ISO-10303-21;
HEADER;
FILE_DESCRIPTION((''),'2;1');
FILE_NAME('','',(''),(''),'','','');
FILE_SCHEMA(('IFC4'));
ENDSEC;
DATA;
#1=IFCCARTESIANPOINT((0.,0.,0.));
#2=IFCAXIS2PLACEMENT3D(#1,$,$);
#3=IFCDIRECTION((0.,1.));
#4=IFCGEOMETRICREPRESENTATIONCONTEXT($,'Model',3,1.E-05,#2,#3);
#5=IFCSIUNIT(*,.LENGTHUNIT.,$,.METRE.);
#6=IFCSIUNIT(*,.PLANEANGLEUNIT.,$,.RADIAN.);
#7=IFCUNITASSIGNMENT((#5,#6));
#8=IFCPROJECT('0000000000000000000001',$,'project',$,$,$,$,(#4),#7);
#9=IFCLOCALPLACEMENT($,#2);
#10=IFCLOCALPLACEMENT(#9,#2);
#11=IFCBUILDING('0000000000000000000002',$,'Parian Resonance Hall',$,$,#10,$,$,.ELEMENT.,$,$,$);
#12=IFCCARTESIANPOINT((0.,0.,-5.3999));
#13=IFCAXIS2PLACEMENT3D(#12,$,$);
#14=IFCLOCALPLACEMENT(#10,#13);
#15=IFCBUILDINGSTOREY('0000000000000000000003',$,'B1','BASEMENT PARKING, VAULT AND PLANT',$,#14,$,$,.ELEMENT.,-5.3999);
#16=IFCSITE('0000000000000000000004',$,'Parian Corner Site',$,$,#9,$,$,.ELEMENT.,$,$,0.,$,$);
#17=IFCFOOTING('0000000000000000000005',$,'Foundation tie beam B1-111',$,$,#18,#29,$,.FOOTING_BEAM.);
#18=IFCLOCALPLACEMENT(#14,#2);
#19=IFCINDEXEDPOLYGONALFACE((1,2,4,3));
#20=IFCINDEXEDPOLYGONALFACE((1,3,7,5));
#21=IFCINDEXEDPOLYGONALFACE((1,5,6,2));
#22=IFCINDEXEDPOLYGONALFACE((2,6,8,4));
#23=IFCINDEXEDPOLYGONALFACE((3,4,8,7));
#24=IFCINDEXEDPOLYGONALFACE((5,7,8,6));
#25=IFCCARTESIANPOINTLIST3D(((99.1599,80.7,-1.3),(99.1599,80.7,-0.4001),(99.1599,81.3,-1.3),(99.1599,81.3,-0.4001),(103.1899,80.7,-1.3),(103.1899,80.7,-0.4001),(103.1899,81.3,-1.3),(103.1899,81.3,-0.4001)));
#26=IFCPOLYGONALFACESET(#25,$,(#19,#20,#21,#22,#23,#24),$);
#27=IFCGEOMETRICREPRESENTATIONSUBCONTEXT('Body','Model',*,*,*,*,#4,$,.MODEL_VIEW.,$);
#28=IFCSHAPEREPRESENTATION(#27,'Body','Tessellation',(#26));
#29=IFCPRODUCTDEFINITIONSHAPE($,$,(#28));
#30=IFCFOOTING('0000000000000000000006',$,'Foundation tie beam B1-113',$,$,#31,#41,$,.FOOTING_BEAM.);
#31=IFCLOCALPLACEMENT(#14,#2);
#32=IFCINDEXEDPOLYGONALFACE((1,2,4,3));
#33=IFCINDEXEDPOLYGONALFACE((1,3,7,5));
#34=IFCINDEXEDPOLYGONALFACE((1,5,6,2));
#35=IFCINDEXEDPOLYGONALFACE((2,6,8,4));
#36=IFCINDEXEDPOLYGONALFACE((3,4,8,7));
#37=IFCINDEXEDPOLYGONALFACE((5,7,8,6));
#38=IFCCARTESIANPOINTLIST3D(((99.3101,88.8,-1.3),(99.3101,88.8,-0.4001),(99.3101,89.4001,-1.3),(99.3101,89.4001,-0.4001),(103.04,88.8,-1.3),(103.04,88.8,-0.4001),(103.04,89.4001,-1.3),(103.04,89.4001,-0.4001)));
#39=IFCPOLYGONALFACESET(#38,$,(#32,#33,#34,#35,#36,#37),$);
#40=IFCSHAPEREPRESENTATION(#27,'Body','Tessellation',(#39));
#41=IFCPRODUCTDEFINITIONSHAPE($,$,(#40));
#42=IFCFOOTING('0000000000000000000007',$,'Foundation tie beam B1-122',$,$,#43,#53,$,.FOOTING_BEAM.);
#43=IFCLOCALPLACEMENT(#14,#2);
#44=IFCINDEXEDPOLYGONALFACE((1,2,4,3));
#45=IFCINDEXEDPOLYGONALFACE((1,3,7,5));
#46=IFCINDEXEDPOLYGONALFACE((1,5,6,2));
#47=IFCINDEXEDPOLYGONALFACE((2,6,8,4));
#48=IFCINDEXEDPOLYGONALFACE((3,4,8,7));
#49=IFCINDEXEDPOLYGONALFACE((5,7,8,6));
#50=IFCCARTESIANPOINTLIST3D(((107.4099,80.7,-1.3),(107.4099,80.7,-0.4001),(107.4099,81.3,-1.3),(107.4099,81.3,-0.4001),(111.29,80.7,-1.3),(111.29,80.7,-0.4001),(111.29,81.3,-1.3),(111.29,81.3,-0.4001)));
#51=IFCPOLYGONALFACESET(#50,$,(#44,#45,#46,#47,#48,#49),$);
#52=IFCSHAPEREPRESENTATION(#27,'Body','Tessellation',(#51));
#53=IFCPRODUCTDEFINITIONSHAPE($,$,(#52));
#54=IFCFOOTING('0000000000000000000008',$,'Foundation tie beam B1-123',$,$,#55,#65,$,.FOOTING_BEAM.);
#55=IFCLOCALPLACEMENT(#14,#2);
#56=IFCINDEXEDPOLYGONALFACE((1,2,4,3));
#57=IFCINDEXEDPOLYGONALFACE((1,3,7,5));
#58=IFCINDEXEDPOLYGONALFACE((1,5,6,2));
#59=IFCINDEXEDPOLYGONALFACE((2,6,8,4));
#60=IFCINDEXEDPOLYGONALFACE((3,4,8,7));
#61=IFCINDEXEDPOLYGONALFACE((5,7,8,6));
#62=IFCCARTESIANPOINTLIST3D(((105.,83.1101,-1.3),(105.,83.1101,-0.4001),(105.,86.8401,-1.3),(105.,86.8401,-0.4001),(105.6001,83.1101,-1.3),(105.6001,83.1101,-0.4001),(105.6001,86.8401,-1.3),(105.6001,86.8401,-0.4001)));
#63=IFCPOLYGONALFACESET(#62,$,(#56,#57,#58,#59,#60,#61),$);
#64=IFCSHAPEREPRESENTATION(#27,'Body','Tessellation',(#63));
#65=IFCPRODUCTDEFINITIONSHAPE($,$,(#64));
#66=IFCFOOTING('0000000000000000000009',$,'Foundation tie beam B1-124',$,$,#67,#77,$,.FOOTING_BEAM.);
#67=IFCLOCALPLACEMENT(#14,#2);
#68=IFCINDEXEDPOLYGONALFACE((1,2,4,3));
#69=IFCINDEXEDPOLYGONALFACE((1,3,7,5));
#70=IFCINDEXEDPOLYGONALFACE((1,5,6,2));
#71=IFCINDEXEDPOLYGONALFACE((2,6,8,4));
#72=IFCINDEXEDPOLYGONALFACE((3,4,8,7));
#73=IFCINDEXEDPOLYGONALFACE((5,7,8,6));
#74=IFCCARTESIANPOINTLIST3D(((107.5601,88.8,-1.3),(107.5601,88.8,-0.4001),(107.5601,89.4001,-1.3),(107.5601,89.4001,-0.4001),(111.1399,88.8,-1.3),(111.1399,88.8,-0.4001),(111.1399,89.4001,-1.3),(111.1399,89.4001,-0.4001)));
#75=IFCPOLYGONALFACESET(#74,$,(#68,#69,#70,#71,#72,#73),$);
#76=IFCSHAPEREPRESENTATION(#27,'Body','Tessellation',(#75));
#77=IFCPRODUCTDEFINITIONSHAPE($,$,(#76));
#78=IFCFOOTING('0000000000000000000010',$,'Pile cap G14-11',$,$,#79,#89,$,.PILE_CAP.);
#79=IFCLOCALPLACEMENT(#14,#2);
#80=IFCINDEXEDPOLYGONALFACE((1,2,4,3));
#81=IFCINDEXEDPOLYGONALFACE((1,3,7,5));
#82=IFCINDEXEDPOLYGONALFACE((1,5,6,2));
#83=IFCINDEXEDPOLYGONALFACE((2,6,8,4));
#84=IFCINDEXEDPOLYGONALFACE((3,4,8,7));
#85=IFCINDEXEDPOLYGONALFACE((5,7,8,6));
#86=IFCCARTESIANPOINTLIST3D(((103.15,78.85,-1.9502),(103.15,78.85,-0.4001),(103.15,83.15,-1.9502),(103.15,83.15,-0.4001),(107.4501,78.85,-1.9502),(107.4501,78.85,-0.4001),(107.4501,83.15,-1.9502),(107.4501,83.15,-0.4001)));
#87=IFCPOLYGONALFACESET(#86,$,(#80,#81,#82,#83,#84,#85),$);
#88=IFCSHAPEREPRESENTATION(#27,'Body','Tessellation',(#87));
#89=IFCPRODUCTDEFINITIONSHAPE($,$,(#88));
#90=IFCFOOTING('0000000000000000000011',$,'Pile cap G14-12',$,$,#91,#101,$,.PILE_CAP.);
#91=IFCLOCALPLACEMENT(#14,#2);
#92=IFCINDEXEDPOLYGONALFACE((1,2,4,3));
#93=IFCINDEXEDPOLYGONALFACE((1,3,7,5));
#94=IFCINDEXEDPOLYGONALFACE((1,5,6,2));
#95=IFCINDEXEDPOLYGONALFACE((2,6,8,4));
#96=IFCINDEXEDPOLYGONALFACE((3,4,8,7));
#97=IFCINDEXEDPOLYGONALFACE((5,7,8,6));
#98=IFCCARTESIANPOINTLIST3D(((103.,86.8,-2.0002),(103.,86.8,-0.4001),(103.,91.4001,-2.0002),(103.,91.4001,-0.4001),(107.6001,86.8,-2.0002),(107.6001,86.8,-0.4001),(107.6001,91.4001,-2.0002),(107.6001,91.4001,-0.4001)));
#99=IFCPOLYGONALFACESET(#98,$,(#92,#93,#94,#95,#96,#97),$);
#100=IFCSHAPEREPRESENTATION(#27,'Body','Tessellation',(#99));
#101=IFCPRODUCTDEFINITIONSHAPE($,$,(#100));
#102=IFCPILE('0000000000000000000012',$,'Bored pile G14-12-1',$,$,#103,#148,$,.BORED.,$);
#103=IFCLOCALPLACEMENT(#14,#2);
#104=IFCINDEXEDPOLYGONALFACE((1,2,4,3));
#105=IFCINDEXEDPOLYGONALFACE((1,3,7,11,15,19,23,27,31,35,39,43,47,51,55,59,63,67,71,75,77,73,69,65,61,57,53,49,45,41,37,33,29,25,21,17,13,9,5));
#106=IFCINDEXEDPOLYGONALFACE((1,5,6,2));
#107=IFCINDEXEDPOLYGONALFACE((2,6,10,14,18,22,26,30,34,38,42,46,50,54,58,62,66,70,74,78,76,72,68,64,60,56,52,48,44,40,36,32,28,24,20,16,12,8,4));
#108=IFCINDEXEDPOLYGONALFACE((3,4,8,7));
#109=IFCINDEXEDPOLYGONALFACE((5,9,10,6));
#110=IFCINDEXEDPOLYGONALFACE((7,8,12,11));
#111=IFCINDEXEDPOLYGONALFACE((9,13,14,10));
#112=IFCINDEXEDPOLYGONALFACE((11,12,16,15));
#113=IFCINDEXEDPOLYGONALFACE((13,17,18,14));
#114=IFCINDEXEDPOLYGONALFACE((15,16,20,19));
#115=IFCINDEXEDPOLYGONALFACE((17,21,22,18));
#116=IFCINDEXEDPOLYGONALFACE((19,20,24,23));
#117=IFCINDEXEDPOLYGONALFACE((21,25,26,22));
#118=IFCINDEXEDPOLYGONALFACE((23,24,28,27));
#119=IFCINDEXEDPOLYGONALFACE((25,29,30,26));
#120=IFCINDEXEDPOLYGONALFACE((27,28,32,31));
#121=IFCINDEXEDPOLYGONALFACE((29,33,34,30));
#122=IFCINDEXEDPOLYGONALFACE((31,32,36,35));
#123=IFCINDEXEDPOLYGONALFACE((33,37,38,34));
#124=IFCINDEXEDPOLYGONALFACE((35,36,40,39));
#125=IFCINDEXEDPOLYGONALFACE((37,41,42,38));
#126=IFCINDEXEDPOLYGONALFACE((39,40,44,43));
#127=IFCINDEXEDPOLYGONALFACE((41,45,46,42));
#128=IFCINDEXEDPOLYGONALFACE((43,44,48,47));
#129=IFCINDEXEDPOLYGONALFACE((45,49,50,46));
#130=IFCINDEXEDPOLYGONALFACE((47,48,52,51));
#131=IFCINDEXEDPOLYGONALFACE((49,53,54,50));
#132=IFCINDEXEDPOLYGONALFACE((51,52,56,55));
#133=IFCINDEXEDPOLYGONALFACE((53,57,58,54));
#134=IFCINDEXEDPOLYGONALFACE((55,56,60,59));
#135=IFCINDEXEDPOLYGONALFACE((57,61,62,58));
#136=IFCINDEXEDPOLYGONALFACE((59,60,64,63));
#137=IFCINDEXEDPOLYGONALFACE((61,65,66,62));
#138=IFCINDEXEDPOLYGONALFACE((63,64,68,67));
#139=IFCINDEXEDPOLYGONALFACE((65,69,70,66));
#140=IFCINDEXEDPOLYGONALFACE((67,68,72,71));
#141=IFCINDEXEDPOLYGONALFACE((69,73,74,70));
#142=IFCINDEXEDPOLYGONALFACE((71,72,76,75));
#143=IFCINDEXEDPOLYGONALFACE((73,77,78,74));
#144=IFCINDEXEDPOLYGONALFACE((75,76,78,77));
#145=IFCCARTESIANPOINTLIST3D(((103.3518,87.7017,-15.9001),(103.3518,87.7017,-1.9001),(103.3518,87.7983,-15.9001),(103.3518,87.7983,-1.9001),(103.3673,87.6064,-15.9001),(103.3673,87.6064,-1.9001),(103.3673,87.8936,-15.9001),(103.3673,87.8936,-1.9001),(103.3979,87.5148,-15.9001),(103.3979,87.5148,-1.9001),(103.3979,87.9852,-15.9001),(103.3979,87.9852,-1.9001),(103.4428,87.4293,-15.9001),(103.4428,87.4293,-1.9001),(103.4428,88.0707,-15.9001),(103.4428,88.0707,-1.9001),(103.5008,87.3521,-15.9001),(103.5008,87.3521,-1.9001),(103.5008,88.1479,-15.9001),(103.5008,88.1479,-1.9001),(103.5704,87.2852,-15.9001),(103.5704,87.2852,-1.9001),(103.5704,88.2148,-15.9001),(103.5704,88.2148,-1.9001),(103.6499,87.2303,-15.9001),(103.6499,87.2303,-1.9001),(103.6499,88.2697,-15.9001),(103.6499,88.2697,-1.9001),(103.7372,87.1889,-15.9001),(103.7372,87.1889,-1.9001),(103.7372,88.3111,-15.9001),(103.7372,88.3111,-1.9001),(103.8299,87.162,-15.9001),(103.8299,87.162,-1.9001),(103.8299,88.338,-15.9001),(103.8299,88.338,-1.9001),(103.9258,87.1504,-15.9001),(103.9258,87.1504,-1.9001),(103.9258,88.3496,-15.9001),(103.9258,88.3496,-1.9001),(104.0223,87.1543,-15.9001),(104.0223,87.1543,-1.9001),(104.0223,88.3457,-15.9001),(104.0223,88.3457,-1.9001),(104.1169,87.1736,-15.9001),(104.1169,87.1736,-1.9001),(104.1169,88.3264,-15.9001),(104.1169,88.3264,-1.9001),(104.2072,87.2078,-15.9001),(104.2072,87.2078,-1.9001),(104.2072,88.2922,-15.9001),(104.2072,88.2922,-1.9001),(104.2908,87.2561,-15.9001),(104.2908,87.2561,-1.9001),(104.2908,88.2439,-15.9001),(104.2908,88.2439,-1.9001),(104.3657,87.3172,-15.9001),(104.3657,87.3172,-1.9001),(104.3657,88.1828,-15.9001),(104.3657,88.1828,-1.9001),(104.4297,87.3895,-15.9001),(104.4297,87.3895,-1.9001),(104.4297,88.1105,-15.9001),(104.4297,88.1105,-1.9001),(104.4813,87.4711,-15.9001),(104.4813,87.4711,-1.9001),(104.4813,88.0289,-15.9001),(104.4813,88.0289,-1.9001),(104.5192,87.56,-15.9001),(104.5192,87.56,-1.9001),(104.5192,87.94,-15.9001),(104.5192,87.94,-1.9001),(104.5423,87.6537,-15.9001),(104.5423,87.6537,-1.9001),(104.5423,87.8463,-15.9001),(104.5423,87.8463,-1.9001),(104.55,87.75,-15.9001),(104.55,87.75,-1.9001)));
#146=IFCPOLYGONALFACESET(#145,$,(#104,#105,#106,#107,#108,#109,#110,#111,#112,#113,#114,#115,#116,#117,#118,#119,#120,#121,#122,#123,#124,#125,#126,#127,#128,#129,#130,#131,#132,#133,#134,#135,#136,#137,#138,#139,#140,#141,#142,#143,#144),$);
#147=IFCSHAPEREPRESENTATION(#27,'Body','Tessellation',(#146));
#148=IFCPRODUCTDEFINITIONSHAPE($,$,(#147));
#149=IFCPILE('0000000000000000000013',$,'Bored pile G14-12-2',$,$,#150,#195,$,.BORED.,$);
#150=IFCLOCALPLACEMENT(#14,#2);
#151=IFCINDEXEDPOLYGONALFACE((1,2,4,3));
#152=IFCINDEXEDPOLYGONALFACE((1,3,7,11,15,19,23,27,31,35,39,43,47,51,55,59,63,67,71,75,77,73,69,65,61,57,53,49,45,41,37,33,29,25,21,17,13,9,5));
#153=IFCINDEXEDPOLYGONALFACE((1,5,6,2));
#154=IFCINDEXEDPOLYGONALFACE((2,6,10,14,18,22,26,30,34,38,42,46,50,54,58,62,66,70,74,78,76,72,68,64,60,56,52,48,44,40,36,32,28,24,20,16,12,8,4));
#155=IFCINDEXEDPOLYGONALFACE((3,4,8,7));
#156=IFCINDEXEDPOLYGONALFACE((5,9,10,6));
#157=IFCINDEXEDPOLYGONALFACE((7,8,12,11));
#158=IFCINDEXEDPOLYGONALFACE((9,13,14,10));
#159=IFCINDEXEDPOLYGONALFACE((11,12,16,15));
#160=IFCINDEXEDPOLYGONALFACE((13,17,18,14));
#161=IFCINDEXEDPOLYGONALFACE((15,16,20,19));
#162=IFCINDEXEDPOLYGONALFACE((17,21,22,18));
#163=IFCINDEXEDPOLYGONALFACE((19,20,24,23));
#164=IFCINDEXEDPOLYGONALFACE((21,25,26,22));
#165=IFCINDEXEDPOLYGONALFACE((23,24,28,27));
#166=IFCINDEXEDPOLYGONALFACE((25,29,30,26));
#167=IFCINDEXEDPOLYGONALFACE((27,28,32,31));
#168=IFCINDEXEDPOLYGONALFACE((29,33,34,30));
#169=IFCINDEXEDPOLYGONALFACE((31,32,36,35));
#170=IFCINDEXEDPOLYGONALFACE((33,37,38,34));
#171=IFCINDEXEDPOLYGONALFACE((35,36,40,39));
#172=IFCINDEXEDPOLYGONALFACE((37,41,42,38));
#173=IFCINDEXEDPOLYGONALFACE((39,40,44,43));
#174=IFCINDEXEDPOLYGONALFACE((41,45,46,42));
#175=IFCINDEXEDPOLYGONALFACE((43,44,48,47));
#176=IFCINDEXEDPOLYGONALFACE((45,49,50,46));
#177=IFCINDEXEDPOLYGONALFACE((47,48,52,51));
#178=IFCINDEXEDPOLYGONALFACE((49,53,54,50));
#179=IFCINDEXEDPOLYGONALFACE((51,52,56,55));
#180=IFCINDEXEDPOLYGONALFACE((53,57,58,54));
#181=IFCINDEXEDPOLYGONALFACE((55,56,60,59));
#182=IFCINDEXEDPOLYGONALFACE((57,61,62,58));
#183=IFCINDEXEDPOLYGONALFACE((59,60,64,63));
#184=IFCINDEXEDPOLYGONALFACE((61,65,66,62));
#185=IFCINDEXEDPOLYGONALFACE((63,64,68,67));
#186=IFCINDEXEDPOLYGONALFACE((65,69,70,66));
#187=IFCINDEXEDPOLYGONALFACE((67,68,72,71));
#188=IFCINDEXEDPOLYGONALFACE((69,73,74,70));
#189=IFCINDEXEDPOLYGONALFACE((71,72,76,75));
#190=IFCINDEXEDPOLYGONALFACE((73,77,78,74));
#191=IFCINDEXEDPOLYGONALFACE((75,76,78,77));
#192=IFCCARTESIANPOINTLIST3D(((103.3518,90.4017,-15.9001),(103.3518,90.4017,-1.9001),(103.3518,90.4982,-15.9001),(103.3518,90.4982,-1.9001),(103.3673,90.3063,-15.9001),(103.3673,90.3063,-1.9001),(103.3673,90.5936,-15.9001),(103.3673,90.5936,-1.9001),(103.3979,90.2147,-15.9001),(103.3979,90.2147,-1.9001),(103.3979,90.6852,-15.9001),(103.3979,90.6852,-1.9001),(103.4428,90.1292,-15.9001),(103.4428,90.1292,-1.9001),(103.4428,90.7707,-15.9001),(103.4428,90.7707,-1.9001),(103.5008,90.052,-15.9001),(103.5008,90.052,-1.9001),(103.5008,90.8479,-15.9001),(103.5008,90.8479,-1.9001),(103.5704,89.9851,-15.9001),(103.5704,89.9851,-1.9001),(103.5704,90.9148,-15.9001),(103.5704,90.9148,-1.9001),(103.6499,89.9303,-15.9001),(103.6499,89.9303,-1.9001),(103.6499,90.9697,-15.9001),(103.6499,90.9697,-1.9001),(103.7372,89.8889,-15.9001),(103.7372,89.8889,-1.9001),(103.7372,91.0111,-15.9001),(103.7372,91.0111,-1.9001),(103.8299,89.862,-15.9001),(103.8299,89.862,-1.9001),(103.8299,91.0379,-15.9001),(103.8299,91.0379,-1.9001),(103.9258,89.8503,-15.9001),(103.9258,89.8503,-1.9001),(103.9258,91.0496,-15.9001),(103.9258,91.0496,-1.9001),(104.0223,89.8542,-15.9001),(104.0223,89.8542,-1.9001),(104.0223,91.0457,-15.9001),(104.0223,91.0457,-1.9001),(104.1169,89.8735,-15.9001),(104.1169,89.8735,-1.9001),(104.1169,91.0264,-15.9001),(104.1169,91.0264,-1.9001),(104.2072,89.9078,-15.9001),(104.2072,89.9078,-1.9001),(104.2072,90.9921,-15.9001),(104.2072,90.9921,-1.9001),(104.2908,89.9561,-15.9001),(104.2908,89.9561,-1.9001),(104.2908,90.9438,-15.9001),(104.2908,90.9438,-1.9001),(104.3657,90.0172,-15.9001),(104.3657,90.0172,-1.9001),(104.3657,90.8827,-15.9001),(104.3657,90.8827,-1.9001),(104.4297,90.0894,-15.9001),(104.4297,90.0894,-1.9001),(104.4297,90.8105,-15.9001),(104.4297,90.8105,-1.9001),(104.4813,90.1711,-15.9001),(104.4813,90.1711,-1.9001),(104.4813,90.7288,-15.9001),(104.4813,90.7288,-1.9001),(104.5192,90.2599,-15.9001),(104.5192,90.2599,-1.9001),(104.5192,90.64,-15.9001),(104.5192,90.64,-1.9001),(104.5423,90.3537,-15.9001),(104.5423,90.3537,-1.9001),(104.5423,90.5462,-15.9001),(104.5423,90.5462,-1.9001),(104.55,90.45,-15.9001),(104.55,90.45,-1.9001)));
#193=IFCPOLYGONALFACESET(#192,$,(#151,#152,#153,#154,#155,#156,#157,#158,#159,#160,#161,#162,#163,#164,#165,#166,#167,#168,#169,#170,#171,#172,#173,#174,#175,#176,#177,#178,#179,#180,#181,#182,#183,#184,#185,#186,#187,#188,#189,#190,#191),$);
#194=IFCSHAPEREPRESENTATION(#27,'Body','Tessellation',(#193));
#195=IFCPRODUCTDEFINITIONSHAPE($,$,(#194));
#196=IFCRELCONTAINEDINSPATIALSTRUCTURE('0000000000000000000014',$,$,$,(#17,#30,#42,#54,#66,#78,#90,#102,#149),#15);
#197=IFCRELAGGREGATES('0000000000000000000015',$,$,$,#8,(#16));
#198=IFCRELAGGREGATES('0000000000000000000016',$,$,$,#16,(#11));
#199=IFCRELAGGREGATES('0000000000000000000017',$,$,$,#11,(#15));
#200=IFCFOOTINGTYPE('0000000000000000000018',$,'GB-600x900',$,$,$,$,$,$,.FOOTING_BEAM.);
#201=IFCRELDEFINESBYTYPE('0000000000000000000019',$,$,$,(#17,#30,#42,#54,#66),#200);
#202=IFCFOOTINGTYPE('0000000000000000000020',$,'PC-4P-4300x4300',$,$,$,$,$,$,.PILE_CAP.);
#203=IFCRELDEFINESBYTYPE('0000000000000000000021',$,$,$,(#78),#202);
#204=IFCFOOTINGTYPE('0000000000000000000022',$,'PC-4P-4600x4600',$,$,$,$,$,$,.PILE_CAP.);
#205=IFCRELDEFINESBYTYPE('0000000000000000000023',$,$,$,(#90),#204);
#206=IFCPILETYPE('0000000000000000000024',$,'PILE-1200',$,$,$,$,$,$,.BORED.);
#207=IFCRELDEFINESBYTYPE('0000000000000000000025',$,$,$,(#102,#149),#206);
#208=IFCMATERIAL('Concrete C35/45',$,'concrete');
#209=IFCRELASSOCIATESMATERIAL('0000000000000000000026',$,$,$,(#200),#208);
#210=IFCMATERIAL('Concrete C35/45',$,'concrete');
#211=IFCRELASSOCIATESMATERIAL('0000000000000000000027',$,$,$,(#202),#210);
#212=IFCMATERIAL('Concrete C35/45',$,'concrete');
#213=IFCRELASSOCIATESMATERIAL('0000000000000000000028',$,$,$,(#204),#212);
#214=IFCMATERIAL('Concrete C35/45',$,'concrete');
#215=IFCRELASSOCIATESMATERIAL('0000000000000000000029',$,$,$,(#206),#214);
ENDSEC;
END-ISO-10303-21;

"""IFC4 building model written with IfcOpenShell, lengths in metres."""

from ifc_helpers import new_model, si_unit, direction, frame, origin, origin_2d, place, context, subcontext, project, spatial, rectangle, circle, extrude, material, material_profile, profile_set, type_object, element, save


model = new_model("IFC4")

# Units and contexts
model_context = context("Model", 3, precision=1e-05, world=origin(), true_north=direction((0.0, 1.0)))
body_context = subcontext(model_context, "Body", "Model", "MODEL_VIEW")
ifc_project = project(units=[si_unit("LENGTHUNIT", "METRE"), si_unit("PLANEANGLEUNIT", "RADIAN")], contexts=[model_context])

# Site, building, storey
site_placement = place(None, origin())
site = spatial("IfcSite", under=ifc_project, at=site_placement, Name="Parian Corner Site", CompositionType="ELEMENT", RefElevation=0.0)
building_placement = place(site_placement, origin())
building = spatial("IfcBuilding", under=site, at=building_placement, Name="Parian Resonance Hall", CompositionType="ELEMENT")
storey_placement = place(building_placement, frame((0.0, 0.0, -5.3999)))
storey = spatial("IfcBuildingStorey", under=building, at=storey_placement, Name="B1", Description="BASEMENT PARKING, VAULT AND PLANT", CompositionType="ELEMENT", Elevation=-5.3999)

# Footings
ifc_material_1 = material(Name="Concrete C35/45", Category="concrete")
ifc_material_profile_1 = material_profile(ifc_material_1, rectangle(XDim=0.6001, YDim=0.8999, at=origin_2d()), Name="RC-GB-600x900")
ifc_profile_set_1 = profile_set([ifc_material_profile_1], Name="Concrete C35/45")
footing_type_1 = type_object("IfcFootingType", Name="GB-600x900", PredefinedType="FOOTING_BEAM", material=ifc_profile_set_1)
footing_1_placement = place(storey_placement, frame((99.1599, 81.0, -0.8501), z_axis=(1.0, 0.0, 0.0), x_axis=(0.0, 1.0, 0.0)))
element("IfcFooting", 1, at=footing_1_placement, inside=storey, type_object=footing_type_1, Name="Foundation tie beam B1-111", PredefinedType="FOOTING_BEAM", context=body_context, shape_type="SweptSolid", body=[
    extrude(rectangle(XDim=0.6001, YDim=0.8999, at=origin_2d()), origin(), (0.0, 0.0, 1.0), 4.03),
])
footing_2_placement = place(storey_placement, frame((99.3101, 89.1001, -0.8501), z_axis=(1.0, 0.0, 0.0), x_axis=(0.0, 1.0, 0.0)))
element("IfcFooting", 2, at=footing_2_placement, inside=storey, type_object=footing_type_1, Name="Foundation tie beam B1-113", PredefinedType="FOOTING_BEAM", context=body_context, shape_type="SweptSolid", body=[
    extrude(rectangle(XDim=0.6001, YDim=0.8999, at=origin_2d()), origin(), (0.0, 0.0, 1.0), 3.73),
])
footing_3_placement = place(storey_placement, frame((107.4099, 81.0, -0.8501), z_axis=(1.0, 0.0, 0.0), x_axis=(0.0, 1.0, 0.0)))
element("IfcFooting", 3, at=footing_3_placement, inside=storey, type_object=footing_type_1, Name="Foundation tie beam B1-122", PredefinedType="FOOTING_BEAM", context=body_context, shape_type="SweptSolid", body=[
    extrude(rectangle(XDim=0.6001, YDim=0.8999, at=origin_2d()), origin(), (0.0, 0.0, 1.0), 3.8801),
])
footing_4_placement = place(storey_placement, frame((105.3, 83.1101, -0.8501), z_axis=(0.0, 1.0, 0.0), x_axis=(-1.0, 0.0, 0.0)))
element("IfcFooting", 4, at=footing_4_placement, inside=storey, type_object=footing_type_1, Name="Foundation tie beam B1-123", PredefinedType="FOOTING_BEAM", context=body_context, shape_type="SweptSolid", body=[
    extrude(rectangle(XDim=0.6001, YDim=0.8999, at=origin_2d()), origin(), (0.0, 0.0, 1.0), 3.73),
])
footing_5_placement = place(storey_placement, frame((107.5601, 89.1001, -0.8501), z_axis=(1.0, 0.0, 0.0), x_axis=(0.0, 1.0, 0.0)))
element("IfcFooting", 5, at=footing_5_placement, inside=storey, type_object=footing_type_1, Name="Foundation tie beam B1-124", PredefinedType="FOOTING_BEAM", context=body_context, shape_type="SweptSolid", body=[
    extrude(rectangle(XDim=0.6001, YDim=0.8999, at=origin_2d()), origin(), (0.0, 0.0, 1.0), 3.5798),
])
ifc_material_2 = material(Name="Concrete C35/45", Category="concrete")
footing_type_2 = type_object("IfcFootingType", Name="PC-4P-4300x4300", PredefinedType="PILE_CAP", material=ifc_material_2)
footing_6_placement = place(storey_placement, frame((105.3, 81.0, -1.9502), z_axis=(0.0, 0.0, 1.0), x_axis=(1.0, 0.0, 0.0)))
element("IfcFooting", 6, at=footing_6_placement, inside=storey, type_object=footing_type_2, Name="Pile cap G14-11", PredefinedType="PILE_CAP", context=body_context, shape_type="SweptSolid", body=[
    extrude(rectangle(XDim=4.3, YDim=4.3, at=origin_2d()), origin(), (0.0, 0.0, 1.0), 1.55),
])
ifc_material_3 = material(Name="Concrete C35/45", Category="concrete")
footing_type_3 = type_object("IfcFootingType", Name="PC-4P-4600x4600", PredefinedType="PILE_CAP", material=ifc_material_3)
footing_7_placement = place(storey_placement, frame((105.3, 89.1001, -2.0002), z_axis=(0.0, 0.0, 1.0), x_axis=(1.0, 0.0, 0.0)))
element("IfcFooting", 7, at=footing_7_placement, inside=storey, type_object=footing_type_3, Name="Pile cap G14-12", PredefinedType="PILE_CAP", context=body_context, shape_type="SweptSolid", body=[
    extrude(rectangle(XDim=4.6001, YDim=4.6001, at=origin_2d()), origin(), (0.0, 0.0, 1.0), 1.6001),
])

# Piles
ifc_material_4 = material(Name="Concrete C35/45", Category="concrete")
ifc_material_profile_2 = material_profile(ifc_material_4, circle(Radius=0.6001, at=origin_2d()), Name="PILE-D1200")
ifc_profile_set_2 = profile_set([ifc_material_profile_2], Name="Concrete C35/45")
pile_type_1 = type_object("IfcPileType", Name="PILE-1200", PredefinedType="BORED", material=ifc_profile_set_2)
for number, where, z_axis, x_axis, name in (
    (8, (103.95, 87.75, -1.9001), (0.0, 0.0, -1.0), (1.0, 0.0, 0.0), "Bored pile G14-12-1"),
    (9, (103.95, 90.45, -1.9001), (0.0, 0.0, -1.0), (1.0, 0.0, 0.0), "Bored pile G14-12-2"),
):
    element("IfcPile", number, at=place(storey_placement, frame(where, z_axis=z_axis, x_axis=x_axis)), inside=storey, type_object=pile_type_1, Name=name, PredefinedType="BORED", context=body_context, shape_type="SweptSolid", body=[
        extrude(circle(Radius=0.6001, at=origin_2d()), origin(), (0.0, 0.0, 1.0), 14.0),
    ])

save(model, "model.ifc")
